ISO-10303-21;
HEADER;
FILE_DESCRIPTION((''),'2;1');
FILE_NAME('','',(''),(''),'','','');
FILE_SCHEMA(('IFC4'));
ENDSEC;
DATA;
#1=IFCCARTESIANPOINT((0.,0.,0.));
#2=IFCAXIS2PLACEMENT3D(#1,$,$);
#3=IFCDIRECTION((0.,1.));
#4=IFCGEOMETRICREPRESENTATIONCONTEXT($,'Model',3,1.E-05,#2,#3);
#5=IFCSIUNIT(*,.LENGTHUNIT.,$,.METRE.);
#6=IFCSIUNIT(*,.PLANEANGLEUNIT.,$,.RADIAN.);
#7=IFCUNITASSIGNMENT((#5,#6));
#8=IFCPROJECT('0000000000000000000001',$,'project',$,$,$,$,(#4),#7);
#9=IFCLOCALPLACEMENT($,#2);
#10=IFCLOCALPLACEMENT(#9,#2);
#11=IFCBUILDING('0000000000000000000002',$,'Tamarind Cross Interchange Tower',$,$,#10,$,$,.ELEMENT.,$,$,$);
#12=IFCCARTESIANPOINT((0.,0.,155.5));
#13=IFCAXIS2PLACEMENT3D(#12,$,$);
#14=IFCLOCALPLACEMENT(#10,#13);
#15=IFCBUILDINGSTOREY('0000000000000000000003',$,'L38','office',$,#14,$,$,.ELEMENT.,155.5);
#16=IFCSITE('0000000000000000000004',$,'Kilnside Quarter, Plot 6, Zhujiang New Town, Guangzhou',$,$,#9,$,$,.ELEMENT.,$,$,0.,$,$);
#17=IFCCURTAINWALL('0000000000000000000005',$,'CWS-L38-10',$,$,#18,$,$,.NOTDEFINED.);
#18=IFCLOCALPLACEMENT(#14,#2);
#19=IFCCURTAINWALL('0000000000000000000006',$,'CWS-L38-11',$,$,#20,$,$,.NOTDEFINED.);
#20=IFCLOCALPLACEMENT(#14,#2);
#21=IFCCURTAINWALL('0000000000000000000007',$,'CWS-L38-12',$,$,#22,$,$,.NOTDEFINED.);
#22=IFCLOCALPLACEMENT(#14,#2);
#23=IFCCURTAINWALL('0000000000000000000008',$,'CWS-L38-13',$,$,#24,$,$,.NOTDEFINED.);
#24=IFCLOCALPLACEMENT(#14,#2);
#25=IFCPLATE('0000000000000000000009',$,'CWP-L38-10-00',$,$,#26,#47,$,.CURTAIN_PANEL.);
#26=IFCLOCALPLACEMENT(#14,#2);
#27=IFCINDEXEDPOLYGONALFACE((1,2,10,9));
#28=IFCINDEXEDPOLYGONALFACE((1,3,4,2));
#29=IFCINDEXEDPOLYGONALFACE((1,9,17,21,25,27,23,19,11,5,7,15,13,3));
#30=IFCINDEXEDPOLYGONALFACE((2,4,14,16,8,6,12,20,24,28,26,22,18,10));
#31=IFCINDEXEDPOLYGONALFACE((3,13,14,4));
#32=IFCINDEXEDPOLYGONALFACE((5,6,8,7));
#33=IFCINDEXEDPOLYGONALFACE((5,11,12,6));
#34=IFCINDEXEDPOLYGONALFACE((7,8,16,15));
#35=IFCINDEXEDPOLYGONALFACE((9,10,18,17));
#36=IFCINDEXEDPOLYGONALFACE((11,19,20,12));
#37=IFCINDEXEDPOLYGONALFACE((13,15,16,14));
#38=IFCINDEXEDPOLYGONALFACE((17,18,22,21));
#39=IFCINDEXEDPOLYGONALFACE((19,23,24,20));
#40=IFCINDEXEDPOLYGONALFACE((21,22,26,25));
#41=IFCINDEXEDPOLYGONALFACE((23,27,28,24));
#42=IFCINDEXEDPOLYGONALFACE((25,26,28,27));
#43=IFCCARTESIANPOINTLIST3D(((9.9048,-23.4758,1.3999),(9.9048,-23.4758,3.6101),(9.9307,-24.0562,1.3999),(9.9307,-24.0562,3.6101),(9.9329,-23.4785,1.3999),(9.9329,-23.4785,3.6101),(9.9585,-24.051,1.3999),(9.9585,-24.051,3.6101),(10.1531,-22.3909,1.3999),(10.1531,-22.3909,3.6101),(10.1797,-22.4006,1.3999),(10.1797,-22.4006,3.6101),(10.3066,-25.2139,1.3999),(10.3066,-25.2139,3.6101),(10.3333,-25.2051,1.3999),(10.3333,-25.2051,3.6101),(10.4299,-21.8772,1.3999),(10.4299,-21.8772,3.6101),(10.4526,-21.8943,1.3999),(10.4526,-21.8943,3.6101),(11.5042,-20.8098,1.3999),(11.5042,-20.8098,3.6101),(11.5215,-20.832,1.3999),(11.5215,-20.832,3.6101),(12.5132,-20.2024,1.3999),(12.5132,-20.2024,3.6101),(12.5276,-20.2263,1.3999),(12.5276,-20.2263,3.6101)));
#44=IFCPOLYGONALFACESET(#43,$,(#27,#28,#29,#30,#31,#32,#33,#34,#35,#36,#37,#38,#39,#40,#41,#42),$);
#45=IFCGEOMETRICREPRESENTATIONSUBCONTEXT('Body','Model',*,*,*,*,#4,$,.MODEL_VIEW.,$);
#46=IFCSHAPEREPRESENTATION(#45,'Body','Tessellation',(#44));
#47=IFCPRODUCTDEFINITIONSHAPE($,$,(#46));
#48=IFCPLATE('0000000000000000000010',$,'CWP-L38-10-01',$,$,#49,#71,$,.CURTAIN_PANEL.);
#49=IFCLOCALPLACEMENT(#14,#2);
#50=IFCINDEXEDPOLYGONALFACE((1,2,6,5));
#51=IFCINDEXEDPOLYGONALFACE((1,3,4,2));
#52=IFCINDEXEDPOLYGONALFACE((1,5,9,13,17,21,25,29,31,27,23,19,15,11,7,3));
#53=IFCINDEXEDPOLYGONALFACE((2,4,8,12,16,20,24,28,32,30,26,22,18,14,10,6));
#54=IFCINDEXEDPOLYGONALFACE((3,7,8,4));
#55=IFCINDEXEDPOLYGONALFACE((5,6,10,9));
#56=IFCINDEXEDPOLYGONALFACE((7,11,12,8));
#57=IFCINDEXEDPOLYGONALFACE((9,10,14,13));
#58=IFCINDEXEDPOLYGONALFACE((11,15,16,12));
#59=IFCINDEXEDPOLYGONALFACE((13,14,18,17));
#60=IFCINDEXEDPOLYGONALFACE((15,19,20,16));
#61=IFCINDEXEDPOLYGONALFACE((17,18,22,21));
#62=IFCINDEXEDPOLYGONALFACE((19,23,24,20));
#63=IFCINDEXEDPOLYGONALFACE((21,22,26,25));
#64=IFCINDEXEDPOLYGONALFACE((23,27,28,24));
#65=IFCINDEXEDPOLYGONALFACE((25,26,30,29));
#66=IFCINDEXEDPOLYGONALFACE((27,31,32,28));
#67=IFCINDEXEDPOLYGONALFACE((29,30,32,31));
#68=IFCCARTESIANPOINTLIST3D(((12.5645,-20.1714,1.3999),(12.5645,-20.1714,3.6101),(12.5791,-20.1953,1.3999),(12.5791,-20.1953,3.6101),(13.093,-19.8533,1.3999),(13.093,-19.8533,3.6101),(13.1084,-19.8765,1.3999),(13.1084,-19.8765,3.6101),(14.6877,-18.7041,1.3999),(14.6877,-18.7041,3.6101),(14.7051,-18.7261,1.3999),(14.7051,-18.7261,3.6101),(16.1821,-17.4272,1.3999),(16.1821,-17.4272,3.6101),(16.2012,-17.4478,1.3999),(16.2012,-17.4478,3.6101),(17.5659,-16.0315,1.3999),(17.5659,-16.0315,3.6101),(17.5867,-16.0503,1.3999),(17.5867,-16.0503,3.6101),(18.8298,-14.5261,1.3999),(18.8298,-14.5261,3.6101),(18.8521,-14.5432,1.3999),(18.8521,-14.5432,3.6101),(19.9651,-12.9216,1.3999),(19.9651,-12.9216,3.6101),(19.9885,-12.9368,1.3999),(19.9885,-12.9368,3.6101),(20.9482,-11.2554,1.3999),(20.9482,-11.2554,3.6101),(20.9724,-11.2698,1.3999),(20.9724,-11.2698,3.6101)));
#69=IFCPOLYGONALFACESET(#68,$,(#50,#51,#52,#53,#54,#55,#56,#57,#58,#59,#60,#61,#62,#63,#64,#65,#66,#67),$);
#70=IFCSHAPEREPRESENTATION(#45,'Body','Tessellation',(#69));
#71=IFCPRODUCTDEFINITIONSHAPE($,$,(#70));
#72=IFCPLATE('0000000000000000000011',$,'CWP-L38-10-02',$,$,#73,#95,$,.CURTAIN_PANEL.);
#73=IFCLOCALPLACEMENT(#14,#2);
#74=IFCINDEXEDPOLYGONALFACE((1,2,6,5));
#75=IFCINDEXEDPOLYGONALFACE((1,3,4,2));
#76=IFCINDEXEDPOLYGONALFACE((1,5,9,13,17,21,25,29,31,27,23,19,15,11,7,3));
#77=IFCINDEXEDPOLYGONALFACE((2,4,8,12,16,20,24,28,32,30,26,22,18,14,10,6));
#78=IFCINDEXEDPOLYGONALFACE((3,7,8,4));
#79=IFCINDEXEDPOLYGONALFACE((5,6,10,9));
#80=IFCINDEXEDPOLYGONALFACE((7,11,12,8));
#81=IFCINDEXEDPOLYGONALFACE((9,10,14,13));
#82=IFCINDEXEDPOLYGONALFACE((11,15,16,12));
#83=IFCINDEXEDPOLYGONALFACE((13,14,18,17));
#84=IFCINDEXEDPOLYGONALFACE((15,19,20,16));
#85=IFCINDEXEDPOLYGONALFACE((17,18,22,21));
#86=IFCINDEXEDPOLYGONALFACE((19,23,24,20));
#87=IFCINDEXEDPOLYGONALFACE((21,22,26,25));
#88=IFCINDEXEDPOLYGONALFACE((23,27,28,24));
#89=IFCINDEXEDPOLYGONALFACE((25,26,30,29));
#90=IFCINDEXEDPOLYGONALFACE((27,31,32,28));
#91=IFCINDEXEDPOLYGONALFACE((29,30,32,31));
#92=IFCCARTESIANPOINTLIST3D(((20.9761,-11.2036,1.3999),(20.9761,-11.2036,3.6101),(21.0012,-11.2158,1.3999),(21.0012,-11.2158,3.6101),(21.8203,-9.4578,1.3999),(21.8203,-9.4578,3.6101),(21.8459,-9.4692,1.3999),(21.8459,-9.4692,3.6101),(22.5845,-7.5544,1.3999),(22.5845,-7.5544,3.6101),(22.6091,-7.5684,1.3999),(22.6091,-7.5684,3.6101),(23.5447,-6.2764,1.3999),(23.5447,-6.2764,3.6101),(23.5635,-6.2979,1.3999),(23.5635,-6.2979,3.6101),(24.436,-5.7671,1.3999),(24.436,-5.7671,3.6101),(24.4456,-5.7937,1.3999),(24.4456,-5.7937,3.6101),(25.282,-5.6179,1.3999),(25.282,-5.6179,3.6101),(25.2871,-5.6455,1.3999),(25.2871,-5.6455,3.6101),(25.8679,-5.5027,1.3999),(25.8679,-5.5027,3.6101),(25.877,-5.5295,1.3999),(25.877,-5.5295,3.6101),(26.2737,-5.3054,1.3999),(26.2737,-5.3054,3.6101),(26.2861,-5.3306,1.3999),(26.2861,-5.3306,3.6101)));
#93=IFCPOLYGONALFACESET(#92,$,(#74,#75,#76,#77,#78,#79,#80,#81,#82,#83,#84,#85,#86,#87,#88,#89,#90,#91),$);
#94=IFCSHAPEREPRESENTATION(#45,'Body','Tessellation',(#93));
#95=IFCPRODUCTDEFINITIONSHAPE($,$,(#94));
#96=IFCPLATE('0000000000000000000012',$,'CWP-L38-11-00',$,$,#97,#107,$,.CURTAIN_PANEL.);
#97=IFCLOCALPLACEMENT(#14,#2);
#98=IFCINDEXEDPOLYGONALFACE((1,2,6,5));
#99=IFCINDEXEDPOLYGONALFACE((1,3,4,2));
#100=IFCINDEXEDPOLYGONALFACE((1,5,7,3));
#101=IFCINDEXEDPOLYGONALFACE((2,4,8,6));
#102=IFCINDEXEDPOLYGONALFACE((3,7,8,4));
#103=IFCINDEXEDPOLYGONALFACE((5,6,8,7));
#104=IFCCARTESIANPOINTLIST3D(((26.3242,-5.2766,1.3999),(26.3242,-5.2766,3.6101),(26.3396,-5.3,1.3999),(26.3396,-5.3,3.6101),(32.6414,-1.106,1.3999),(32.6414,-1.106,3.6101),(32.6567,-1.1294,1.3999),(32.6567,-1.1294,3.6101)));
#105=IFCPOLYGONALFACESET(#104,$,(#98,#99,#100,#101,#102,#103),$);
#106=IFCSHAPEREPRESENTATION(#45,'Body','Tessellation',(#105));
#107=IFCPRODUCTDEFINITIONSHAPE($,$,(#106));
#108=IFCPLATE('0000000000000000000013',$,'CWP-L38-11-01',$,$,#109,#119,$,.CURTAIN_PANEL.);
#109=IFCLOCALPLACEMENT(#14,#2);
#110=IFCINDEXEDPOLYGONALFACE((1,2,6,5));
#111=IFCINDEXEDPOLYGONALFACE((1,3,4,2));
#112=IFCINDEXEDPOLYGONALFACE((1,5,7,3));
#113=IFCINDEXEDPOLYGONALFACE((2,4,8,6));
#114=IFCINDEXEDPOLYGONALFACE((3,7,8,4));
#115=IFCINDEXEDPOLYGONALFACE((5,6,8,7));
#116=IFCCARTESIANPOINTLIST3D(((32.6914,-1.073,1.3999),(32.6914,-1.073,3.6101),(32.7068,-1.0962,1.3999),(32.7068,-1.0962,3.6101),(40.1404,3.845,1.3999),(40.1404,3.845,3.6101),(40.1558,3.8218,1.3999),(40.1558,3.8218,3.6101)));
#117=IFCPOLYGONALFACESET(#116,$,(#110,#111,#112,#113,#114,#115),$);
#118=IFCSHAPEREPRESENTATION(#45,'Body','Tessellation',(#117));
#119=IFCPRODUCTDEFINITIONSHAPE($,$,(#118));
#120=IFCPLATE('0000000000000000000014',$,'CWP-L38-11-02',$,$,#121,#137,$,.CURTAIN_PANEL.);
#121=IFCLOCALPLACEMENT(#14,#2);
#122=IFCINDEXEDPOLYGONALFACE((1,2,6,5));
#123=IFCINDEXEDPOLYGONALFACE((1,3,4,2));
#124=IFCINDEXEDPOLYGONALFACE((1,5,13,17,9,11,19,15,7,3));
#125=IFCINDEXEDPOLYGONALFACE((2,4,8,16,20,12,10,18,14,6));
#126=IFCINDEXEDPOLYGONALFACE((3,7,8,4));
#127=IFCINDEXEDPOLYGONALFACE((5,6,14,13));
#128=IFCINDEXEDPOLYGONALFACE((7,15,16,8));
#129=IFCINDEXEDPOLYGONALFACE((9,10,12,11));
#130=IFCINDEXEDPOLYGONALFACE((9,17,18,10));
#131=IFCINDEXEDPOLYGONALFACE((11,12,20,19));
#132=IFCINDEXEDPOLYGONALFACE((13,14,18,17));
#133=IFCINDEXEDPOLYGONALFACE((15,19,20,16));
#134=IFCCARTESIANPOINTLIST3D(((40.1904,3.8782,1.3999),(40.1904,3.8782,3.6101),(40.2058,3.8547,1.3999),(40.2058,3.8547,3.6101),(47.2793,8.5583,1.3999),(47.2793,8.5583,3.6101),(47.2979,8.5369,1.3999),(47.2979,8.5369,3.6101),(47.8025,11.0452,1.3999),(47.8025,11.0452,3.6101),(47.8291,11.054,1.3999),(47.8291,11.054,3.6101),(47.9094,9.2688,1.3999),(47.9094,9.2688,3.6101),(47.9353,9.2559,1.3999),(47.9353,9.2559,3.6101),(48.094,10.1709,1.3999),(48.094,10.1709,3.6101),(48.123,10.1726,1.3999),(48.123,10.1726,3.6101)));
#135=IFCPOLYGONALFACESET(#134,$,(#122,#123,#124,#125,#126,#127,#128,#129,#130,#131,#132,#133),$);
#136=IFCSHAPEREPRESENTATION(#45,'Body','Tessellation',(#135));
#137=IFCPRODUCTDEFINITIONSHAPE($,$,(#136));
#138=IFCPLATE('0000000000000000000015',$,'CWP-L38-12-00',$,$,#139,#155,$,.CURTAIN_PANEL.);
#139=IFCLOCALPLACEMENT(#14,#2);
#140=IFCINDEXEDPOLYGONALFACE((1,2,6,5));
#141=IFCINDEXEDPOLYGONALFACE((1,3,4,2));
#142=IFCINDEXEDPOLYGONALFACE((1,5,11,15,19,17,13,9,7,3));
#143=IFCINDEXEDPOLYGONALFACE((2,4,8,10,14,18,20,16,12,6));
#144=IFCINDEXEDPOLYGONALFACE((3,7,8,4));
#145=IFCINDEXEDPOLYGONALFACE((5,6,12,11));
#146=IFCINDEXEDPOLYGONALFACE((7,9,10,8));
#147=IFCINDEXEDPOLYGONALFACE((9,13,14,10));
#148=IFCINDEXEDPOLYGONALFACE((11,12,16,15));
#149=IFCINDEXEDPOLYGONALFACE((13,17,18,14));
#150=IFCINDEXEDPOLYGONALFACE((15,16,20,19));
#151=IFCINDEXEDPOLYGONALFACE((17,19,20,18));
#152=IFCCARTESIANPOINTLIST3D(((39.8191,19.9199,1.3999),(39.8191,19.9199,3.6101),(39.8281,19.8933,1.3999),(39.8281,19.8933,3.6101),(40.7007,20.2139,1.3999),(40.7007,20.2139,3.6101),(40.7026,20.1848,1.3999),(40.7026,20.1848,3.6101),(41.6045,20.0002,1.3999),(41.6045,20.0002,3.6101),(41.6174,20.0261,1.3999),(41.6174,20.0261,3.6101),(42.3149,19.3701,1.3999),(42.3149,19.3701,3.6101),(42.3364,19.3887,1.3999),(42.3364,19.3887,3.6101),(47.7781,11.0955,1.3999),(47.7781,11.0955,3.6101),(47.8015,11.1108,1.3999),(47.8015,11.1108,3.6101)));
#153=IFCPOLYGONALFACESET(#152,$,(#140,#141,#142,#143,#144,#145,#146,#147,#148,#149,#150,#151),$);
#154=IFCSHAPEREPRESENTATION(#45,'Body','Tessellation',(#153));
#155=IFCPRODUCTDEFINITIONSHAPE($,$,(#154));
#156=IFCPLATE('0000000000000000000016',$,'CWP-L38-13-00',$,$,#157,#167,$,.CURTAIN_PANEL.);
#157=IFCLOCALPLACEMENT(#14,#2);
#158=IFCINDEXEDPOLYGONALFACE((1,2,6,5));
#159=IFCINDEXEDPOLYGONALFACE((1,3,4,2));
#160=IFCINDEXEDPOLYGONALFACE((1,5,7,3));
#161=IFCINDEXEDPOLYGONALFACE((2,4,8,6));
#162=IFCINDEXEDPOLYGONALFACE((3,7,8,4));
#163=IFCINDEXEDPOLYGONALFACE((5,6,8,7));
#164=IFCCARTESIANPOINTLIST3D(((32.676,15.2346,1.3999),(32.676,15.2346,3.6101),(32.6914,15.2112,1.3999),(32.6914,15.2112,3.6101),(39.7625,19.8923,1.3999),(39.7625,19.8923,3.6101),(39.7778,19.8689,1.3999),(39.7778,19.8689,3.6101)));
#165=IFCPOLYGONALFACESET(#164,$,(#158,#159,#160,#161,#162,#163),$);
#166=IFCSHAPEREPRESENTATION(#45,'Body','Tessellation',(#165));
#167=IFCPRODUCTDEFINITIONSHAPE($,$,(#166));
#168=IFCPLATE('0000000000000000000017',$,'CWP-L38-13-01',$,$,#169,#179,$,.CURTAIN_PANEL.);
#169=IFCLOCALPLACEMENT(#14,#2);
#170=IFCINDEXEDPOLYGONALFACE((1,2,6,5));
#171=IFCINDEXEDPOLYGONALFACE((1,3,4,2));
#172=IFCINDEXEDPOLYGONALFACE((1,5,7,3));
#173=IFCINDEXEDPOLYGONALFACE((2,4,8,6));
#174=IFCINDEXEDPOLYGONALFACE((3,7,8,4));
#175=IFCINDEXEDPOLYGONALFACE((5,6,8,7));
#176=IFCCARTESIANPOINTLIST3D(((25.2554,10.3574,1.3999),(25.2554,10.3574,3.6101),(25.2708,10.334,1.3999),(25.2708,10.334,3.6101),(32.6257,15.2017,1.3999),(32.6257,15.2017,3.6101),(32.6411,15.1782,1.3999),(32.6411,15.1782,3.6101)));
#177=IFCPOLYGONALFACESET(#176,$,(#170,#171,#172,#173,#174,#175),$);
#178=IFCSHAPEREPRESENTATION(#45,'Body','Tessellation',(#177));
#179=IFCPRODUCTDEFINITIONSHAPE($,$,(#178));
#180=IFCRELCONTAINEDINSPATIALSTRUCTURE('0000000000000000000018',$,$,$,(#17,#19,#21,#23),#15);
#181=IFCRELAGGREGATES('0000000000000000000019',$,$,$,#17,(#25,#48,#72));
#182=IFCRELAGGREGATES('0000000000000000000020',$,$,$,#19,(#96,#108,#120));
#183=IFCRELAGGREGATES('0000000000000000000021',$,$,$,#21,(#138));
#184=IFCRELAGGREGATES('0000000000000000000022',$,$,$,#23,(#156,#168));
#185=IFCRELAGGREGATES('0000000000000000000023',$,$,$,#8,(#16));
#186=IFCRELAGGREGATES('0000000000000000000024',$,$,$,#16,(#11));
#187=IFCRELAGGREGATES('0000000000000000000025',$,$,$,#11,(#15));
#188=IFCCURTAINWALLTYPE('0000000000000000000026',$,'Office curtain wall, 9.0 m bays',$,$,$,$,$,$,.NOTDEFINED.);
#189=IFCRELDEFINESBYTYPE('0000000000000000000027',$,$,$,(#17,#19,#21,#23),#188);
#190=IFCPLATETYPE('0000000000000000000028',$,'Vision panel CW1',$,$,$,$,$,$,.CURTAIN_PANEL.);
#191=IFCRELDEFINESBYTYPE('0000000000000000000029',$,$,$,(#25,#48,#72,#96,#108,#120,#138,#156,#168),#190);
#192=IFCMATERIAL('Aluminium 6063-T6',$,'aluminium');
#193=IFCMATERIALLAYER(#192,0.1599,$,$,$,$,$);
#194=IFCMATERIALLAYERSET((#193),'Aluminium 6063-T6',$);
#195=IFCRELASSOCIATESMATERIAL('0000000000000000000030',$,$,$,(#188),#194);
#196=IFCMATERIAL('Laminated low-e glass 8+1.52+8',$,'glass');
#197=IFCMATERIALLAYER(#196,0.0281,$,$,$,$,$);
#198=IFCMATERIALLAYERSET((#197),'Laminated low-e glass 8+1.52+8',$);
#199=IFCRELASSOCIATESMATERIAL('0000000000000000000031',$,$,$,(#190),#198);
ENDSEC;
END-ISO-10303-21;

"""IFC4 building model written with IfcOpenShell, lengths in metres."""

from ifc_helpers import new_model, si_unit, direction, frame, origin, place, context, subcontext, project, spatial, polyline, outline, extrude, material, layer, layer_set, type_object, element, aggregate, save


model = new_model("IFC4")

# Units and contexts
model_context = context("Model", 3, precision=1e-05, world=origin(), true_north=direction((0.0, 1.0)))
body_context = subcontext(model_context, "Body", "Model", "MODEL_VIEW")
ifc_project = project(units=[si_unit("LENGTHUNIT", "METRE"), si_unit("PLANEANGLEUNIT", "RADIAN")], contexts=[model_context])

# Site, building, storey
site_placement = place(None, origin())
site = spatial("IfcSite", under=ifc_project, at=site_placement, Name="Kilnside Quarter, Plot 6, Zhujiang New Town, Guangzhou", CompositionType="ELEMENT", RefElevation=0.0)
building_placement = place(site_placement, origin())
building = spatial("IfcBuilding", under=site, at=building_placement, Name="Tamarind Cross Interchange Tower", CompositionType="ELEMENT")
storey_placement = place(building_placement, frame((0.0, 0.0, 155.5)))
storey = spatial("IfcBuildingStorey", under=building, at=storey_placement, Name="L38", Description="office", CompositionType="ELEMENT", Elevation=155.5)

# Curtain walls
ifc_material_1 = material(Name="Aluminium 6063-T6", Category="aluminium")
ifc_layer_1 = layer(ifc_material_1, 0.1599)
ifc_layer_set_1 = layer_set([ifc_layer_1], Name="Aluminium 6063-T6")
curtain_wall_type = type_object("IfcCurtainWallType", Name="Office curtain wall, 9.0 m bays", PredefinedType="NOTDEFINED", material=ifc_layer_set_1)
curtain_wall_1_placement = place(storey_placement, origin())
curtain_wall_1 = element("IfcCurtainWall", 1, at=curtain_wall_1_placement, inside=storey, type_object=curtain_wall_type, Name="CWS-L38-10", PredefinedType="NOTDEFINED")
curtain_wall_2_placement = place(storey_placement, origin())
curtain_wall_2 = element("IfcCurtainWall", 2, at=curtain_wall_2_placement, inside=storey, type_object=curtain_wall_type, Name="CWS-L38-11", PredefinedType="NOTDEFINED")
curtain_wall_3_placement = place(storey_placement, origin())
curtain_wall_3 = element("IfcCurtainWall", 3, at=curtain_wall_3_placement, inside=storey, type_object=curtain_wall_type, Name="CWS-L38-12", PredefinedType="NOTDEFINED")
curtain_wall_4_placement = place(storey_placement, origin())
curtain_wall_4 = element("IfcCurtainWall", 4, at=curtain_wall_4_placement, inside=storey, type_object=curtain_wall_type, Name="CWS-L38-13", PredefinedType="NOTDEFINED")

# Plates
ifc_material_2 = material(Name="Laminated low-e glass 8+1.52+8", Category="glass")
ifc_layer_2 = layer(ifc_material_2, 0.0281)
ifc_layer_set_2 = layer_set([ifc_layer_2], Name="Laminated low-e glass 8+1.52+8")
plate_type = type_object("IfcPlateType", Name="Vision panel CW1", PredefinedType="CURTAIN_PANEL", material=ifc_layer_set_2)
plate_1_placement = place(storey_placement, frame((0.0, 0.0, 1.3999)))
plate_1 = element("IfcPlate", 5, at=plate_1_placement, type_object=plate_type, Name="CWP-L38-10-00", PredefinedType="CURTAIN_PANEL", context=body_context, shape_type="SweptSolid", body=[
    extrude(outline(polyline([(10.3066, -25.2139), (9.9307, -24.0562), (9.9048, -23.4758), (10.1531, -22.3909), (10.4299, -21.8772), (11.5042, -20.8098), (12.5132, -20.2024), (12.5276, -20.2263), (11.5215, -20.832), (10.4526, -21.8943), (10.1797, -22.4006), (9.9329, -23.4785), (9.9585, -24.051), (10.3333, -25.2051), (10.3066, -25.2139)])), origin(), (0.0, 0.0, 1.0), 2.2102),
])
plate_2_placement = place(storey_placement, frame((0.0, 0.0, 1.3999)))
plate_2 = element("IfcPlate", 6, at=plate_2_placement, type_object=plate_type, Name="CWP-L38-10-01", PredefinedType="CURTAIN_PANEL", context=body_context, shape_type="SweptSolid", body=[
    extrude(outline(polyline([(12.5645, -20.1714), (13.093, -19.8533), (14.6877, -18.7041), (16.1821, -17.4272), (17.5659, -16.0315), (18.8298, -14.5261), (19.9651, -12.9216), (20.9482, -11.2554), (20.9724, -11.2698), (19.9885, -12.9368), (18.8521, -14.5432), (17.5867, -16.0503), (16.2012, -17.4478), (14.7051, -18.7261), (13.1084, -19.8765), (12.5791, -20.1953), (12.5645, -20.1714)])), origin(), (0.0, 0.0, 1.0), 2.2102),
])
plate_3_placement = place(storey_placement, frame((0.0, 0.0, 1.3999)))
plate_3 = element("IfcPlate", 7, at=plate_3_placement, type_object=plate_type, Name="CWP-L38-10-02", PredefinedType="CURTAIN_PANEL", context=body_context, shape_type="SweptSolid", body=[
    extrude(outline(polyline([(20.9761, -11.2036), (21.8203, -9.4578), (22.5845, -7.5544), (23.5447, -6.2764), (24.436, -5.7671), (25.282, -5.6179), (25.8679, -5.5027), (26.2737, -5.3054), (26.2861, -5.3306), (25.877, -5.5295), (25.2871, -5.6455), (24.4456, -5.7937), (23.5635, -6.2979), (22.6091, -7.5684), (21.8459, -9.4692), (21.0012, -11.2158), (20.9761, -11.2036)])), origin(), (0.0, 0.0, 1.0), 2.2102),
])
aggregate(curtain_wall_1, [plate_1, plate_2, plate_3])
plate_4_placement = place(storey_placement, frame((0.0, 0.0, 1.3999)))
plate_4 = element("IfcPlate", 8, at=plate_4_placement, type_object=plate_type, Name="CWP-L38-11-00", PredefinedType="CURTAIN_PANEL", context=body_context, shape_type="SweptSolid", body=[
    extrude(outline(polyline([(26.3242, -5.2766), (32.6414, -1.106), (32.6567, -1.1294), (26.3396, -5.3), (26.3242, -5.2766)])), origin(), (0.0, 0.0, 1.0), 2.2102),
])
plate_5_placement = place(storey_placement, frame((0.0, 0.0, 1.3999)))
plate_5 = element("IfcPlate", 9, at=plate_5_placement, type_object=plate_type, Name="CWP-L38-11-01", PredefinedType="CURTAIN_PANEL", context=body_context, shape_type="SweptSolid", body=[
    extrude(outline(polyline([(32.6914, -1.073), (40.1404, 3.845), (40.1558, 3.8218), (32.7068, -1.0962), (32.6914, -1.073)])), origin(), (0.0, 0.0, 1.0), 2.2102),
])
plate_6_placement = place(storey_placement, frame((0.0, 0.0, 1.3999)))
plate_6 = element("IfcPlate", 10, at=plate_6_placement, type_object=plate_type, Name="CWP-L38-11-02", PredefinedType="CURTAIN_PANEL", context=body_context, shape_type="SweptSolid", body=[
    extrude(outline(polyline([(40.1904, 3.8782), (47.2793, 8.5583), (47.9094, 9.2688), (48.094, 10.1709), (47.8025, 11.0452), (47.8291, 11.054), (48.123, 10.1726), (47.9353, 9.2559), (47.2979, 8.5369), (40.2058, 3.8547), (40.1904, 3.8782)])), origin(), (0.0, 0.0, 1.0), 2.2102),
])
aggregate(curtain_wall_2, [plate_4, plate_5, plate_6])
plate_7_placement = place(storey_placement, frame((0.0, 0.0, 1.3999)))
plate_7 = element("IfcPlate", 11, at=plate_7_placement, type_object=plate_type, Name="CWP-L38-12-00", PredefinedType="CURTAIN_PANEL", context=body_context, shape_type="SweptSolid", body=[
    extrude(outline(polyline([(47.7781, 11.0955), (42.3149, 19.3701), (41.6045, 20.0002), (40.7026, 20.1848), (39.8281, 19.8933), (39.8191, 19.9199), (40.7007, 20.2139), (41.6174, 20.0261), (42.3364, 19.3887), (47.8015, 11.1108), (47.7781, 11.0955)])), origin(), (0.0, 0.0, 1.0), 2.2102),
])
aggregate(curtain_wall_3, [plate_7])
plate_8_placement = place(storey_placement, frame((0.0, 0.0, 1.3999)))
plate_8 = element("IfcPlate", 12, at=plate_8_placement, type_object=plate_type, Name="CWP-L38-13-00", PredefinedType="CURTAIN_PANEL", context=body_context, shape_type="SweptSolid", body=[
    extrude(outline(polyline([(39.7778, 19.8689), (32.6914, 15.2112), (32.676, 15.2346), (39.7625, 19.8923), (39.7778, 19.8689)])), origin(), (0.0, 0.0, 1.0), 2.2102),
])
plate_9_placement = place(storey_placement, frame((0.0, 0.0, 1.3999)))
plate_9 = element("IfcPlate", 13, at=plate_9_placement, type_object=plate_type, Name="CWP-L38-13-01", PredefinedType="CURTAIN_PANEL", context=body_context, shape_type="SweptSolid", body=[
    extrude(outline(polyline([(32.6411, 15.1782), (25.2708, 10.334), (25.2554, 10.3574), (32.6257, 15.2017), (32.6411, 15.1782)])), origin(), (0.0, 0.0, 1.0), 2.2102),
])
aggregate(curtain_wall_4, [plate_8, plate_9])

save(model, "model.ifc")
